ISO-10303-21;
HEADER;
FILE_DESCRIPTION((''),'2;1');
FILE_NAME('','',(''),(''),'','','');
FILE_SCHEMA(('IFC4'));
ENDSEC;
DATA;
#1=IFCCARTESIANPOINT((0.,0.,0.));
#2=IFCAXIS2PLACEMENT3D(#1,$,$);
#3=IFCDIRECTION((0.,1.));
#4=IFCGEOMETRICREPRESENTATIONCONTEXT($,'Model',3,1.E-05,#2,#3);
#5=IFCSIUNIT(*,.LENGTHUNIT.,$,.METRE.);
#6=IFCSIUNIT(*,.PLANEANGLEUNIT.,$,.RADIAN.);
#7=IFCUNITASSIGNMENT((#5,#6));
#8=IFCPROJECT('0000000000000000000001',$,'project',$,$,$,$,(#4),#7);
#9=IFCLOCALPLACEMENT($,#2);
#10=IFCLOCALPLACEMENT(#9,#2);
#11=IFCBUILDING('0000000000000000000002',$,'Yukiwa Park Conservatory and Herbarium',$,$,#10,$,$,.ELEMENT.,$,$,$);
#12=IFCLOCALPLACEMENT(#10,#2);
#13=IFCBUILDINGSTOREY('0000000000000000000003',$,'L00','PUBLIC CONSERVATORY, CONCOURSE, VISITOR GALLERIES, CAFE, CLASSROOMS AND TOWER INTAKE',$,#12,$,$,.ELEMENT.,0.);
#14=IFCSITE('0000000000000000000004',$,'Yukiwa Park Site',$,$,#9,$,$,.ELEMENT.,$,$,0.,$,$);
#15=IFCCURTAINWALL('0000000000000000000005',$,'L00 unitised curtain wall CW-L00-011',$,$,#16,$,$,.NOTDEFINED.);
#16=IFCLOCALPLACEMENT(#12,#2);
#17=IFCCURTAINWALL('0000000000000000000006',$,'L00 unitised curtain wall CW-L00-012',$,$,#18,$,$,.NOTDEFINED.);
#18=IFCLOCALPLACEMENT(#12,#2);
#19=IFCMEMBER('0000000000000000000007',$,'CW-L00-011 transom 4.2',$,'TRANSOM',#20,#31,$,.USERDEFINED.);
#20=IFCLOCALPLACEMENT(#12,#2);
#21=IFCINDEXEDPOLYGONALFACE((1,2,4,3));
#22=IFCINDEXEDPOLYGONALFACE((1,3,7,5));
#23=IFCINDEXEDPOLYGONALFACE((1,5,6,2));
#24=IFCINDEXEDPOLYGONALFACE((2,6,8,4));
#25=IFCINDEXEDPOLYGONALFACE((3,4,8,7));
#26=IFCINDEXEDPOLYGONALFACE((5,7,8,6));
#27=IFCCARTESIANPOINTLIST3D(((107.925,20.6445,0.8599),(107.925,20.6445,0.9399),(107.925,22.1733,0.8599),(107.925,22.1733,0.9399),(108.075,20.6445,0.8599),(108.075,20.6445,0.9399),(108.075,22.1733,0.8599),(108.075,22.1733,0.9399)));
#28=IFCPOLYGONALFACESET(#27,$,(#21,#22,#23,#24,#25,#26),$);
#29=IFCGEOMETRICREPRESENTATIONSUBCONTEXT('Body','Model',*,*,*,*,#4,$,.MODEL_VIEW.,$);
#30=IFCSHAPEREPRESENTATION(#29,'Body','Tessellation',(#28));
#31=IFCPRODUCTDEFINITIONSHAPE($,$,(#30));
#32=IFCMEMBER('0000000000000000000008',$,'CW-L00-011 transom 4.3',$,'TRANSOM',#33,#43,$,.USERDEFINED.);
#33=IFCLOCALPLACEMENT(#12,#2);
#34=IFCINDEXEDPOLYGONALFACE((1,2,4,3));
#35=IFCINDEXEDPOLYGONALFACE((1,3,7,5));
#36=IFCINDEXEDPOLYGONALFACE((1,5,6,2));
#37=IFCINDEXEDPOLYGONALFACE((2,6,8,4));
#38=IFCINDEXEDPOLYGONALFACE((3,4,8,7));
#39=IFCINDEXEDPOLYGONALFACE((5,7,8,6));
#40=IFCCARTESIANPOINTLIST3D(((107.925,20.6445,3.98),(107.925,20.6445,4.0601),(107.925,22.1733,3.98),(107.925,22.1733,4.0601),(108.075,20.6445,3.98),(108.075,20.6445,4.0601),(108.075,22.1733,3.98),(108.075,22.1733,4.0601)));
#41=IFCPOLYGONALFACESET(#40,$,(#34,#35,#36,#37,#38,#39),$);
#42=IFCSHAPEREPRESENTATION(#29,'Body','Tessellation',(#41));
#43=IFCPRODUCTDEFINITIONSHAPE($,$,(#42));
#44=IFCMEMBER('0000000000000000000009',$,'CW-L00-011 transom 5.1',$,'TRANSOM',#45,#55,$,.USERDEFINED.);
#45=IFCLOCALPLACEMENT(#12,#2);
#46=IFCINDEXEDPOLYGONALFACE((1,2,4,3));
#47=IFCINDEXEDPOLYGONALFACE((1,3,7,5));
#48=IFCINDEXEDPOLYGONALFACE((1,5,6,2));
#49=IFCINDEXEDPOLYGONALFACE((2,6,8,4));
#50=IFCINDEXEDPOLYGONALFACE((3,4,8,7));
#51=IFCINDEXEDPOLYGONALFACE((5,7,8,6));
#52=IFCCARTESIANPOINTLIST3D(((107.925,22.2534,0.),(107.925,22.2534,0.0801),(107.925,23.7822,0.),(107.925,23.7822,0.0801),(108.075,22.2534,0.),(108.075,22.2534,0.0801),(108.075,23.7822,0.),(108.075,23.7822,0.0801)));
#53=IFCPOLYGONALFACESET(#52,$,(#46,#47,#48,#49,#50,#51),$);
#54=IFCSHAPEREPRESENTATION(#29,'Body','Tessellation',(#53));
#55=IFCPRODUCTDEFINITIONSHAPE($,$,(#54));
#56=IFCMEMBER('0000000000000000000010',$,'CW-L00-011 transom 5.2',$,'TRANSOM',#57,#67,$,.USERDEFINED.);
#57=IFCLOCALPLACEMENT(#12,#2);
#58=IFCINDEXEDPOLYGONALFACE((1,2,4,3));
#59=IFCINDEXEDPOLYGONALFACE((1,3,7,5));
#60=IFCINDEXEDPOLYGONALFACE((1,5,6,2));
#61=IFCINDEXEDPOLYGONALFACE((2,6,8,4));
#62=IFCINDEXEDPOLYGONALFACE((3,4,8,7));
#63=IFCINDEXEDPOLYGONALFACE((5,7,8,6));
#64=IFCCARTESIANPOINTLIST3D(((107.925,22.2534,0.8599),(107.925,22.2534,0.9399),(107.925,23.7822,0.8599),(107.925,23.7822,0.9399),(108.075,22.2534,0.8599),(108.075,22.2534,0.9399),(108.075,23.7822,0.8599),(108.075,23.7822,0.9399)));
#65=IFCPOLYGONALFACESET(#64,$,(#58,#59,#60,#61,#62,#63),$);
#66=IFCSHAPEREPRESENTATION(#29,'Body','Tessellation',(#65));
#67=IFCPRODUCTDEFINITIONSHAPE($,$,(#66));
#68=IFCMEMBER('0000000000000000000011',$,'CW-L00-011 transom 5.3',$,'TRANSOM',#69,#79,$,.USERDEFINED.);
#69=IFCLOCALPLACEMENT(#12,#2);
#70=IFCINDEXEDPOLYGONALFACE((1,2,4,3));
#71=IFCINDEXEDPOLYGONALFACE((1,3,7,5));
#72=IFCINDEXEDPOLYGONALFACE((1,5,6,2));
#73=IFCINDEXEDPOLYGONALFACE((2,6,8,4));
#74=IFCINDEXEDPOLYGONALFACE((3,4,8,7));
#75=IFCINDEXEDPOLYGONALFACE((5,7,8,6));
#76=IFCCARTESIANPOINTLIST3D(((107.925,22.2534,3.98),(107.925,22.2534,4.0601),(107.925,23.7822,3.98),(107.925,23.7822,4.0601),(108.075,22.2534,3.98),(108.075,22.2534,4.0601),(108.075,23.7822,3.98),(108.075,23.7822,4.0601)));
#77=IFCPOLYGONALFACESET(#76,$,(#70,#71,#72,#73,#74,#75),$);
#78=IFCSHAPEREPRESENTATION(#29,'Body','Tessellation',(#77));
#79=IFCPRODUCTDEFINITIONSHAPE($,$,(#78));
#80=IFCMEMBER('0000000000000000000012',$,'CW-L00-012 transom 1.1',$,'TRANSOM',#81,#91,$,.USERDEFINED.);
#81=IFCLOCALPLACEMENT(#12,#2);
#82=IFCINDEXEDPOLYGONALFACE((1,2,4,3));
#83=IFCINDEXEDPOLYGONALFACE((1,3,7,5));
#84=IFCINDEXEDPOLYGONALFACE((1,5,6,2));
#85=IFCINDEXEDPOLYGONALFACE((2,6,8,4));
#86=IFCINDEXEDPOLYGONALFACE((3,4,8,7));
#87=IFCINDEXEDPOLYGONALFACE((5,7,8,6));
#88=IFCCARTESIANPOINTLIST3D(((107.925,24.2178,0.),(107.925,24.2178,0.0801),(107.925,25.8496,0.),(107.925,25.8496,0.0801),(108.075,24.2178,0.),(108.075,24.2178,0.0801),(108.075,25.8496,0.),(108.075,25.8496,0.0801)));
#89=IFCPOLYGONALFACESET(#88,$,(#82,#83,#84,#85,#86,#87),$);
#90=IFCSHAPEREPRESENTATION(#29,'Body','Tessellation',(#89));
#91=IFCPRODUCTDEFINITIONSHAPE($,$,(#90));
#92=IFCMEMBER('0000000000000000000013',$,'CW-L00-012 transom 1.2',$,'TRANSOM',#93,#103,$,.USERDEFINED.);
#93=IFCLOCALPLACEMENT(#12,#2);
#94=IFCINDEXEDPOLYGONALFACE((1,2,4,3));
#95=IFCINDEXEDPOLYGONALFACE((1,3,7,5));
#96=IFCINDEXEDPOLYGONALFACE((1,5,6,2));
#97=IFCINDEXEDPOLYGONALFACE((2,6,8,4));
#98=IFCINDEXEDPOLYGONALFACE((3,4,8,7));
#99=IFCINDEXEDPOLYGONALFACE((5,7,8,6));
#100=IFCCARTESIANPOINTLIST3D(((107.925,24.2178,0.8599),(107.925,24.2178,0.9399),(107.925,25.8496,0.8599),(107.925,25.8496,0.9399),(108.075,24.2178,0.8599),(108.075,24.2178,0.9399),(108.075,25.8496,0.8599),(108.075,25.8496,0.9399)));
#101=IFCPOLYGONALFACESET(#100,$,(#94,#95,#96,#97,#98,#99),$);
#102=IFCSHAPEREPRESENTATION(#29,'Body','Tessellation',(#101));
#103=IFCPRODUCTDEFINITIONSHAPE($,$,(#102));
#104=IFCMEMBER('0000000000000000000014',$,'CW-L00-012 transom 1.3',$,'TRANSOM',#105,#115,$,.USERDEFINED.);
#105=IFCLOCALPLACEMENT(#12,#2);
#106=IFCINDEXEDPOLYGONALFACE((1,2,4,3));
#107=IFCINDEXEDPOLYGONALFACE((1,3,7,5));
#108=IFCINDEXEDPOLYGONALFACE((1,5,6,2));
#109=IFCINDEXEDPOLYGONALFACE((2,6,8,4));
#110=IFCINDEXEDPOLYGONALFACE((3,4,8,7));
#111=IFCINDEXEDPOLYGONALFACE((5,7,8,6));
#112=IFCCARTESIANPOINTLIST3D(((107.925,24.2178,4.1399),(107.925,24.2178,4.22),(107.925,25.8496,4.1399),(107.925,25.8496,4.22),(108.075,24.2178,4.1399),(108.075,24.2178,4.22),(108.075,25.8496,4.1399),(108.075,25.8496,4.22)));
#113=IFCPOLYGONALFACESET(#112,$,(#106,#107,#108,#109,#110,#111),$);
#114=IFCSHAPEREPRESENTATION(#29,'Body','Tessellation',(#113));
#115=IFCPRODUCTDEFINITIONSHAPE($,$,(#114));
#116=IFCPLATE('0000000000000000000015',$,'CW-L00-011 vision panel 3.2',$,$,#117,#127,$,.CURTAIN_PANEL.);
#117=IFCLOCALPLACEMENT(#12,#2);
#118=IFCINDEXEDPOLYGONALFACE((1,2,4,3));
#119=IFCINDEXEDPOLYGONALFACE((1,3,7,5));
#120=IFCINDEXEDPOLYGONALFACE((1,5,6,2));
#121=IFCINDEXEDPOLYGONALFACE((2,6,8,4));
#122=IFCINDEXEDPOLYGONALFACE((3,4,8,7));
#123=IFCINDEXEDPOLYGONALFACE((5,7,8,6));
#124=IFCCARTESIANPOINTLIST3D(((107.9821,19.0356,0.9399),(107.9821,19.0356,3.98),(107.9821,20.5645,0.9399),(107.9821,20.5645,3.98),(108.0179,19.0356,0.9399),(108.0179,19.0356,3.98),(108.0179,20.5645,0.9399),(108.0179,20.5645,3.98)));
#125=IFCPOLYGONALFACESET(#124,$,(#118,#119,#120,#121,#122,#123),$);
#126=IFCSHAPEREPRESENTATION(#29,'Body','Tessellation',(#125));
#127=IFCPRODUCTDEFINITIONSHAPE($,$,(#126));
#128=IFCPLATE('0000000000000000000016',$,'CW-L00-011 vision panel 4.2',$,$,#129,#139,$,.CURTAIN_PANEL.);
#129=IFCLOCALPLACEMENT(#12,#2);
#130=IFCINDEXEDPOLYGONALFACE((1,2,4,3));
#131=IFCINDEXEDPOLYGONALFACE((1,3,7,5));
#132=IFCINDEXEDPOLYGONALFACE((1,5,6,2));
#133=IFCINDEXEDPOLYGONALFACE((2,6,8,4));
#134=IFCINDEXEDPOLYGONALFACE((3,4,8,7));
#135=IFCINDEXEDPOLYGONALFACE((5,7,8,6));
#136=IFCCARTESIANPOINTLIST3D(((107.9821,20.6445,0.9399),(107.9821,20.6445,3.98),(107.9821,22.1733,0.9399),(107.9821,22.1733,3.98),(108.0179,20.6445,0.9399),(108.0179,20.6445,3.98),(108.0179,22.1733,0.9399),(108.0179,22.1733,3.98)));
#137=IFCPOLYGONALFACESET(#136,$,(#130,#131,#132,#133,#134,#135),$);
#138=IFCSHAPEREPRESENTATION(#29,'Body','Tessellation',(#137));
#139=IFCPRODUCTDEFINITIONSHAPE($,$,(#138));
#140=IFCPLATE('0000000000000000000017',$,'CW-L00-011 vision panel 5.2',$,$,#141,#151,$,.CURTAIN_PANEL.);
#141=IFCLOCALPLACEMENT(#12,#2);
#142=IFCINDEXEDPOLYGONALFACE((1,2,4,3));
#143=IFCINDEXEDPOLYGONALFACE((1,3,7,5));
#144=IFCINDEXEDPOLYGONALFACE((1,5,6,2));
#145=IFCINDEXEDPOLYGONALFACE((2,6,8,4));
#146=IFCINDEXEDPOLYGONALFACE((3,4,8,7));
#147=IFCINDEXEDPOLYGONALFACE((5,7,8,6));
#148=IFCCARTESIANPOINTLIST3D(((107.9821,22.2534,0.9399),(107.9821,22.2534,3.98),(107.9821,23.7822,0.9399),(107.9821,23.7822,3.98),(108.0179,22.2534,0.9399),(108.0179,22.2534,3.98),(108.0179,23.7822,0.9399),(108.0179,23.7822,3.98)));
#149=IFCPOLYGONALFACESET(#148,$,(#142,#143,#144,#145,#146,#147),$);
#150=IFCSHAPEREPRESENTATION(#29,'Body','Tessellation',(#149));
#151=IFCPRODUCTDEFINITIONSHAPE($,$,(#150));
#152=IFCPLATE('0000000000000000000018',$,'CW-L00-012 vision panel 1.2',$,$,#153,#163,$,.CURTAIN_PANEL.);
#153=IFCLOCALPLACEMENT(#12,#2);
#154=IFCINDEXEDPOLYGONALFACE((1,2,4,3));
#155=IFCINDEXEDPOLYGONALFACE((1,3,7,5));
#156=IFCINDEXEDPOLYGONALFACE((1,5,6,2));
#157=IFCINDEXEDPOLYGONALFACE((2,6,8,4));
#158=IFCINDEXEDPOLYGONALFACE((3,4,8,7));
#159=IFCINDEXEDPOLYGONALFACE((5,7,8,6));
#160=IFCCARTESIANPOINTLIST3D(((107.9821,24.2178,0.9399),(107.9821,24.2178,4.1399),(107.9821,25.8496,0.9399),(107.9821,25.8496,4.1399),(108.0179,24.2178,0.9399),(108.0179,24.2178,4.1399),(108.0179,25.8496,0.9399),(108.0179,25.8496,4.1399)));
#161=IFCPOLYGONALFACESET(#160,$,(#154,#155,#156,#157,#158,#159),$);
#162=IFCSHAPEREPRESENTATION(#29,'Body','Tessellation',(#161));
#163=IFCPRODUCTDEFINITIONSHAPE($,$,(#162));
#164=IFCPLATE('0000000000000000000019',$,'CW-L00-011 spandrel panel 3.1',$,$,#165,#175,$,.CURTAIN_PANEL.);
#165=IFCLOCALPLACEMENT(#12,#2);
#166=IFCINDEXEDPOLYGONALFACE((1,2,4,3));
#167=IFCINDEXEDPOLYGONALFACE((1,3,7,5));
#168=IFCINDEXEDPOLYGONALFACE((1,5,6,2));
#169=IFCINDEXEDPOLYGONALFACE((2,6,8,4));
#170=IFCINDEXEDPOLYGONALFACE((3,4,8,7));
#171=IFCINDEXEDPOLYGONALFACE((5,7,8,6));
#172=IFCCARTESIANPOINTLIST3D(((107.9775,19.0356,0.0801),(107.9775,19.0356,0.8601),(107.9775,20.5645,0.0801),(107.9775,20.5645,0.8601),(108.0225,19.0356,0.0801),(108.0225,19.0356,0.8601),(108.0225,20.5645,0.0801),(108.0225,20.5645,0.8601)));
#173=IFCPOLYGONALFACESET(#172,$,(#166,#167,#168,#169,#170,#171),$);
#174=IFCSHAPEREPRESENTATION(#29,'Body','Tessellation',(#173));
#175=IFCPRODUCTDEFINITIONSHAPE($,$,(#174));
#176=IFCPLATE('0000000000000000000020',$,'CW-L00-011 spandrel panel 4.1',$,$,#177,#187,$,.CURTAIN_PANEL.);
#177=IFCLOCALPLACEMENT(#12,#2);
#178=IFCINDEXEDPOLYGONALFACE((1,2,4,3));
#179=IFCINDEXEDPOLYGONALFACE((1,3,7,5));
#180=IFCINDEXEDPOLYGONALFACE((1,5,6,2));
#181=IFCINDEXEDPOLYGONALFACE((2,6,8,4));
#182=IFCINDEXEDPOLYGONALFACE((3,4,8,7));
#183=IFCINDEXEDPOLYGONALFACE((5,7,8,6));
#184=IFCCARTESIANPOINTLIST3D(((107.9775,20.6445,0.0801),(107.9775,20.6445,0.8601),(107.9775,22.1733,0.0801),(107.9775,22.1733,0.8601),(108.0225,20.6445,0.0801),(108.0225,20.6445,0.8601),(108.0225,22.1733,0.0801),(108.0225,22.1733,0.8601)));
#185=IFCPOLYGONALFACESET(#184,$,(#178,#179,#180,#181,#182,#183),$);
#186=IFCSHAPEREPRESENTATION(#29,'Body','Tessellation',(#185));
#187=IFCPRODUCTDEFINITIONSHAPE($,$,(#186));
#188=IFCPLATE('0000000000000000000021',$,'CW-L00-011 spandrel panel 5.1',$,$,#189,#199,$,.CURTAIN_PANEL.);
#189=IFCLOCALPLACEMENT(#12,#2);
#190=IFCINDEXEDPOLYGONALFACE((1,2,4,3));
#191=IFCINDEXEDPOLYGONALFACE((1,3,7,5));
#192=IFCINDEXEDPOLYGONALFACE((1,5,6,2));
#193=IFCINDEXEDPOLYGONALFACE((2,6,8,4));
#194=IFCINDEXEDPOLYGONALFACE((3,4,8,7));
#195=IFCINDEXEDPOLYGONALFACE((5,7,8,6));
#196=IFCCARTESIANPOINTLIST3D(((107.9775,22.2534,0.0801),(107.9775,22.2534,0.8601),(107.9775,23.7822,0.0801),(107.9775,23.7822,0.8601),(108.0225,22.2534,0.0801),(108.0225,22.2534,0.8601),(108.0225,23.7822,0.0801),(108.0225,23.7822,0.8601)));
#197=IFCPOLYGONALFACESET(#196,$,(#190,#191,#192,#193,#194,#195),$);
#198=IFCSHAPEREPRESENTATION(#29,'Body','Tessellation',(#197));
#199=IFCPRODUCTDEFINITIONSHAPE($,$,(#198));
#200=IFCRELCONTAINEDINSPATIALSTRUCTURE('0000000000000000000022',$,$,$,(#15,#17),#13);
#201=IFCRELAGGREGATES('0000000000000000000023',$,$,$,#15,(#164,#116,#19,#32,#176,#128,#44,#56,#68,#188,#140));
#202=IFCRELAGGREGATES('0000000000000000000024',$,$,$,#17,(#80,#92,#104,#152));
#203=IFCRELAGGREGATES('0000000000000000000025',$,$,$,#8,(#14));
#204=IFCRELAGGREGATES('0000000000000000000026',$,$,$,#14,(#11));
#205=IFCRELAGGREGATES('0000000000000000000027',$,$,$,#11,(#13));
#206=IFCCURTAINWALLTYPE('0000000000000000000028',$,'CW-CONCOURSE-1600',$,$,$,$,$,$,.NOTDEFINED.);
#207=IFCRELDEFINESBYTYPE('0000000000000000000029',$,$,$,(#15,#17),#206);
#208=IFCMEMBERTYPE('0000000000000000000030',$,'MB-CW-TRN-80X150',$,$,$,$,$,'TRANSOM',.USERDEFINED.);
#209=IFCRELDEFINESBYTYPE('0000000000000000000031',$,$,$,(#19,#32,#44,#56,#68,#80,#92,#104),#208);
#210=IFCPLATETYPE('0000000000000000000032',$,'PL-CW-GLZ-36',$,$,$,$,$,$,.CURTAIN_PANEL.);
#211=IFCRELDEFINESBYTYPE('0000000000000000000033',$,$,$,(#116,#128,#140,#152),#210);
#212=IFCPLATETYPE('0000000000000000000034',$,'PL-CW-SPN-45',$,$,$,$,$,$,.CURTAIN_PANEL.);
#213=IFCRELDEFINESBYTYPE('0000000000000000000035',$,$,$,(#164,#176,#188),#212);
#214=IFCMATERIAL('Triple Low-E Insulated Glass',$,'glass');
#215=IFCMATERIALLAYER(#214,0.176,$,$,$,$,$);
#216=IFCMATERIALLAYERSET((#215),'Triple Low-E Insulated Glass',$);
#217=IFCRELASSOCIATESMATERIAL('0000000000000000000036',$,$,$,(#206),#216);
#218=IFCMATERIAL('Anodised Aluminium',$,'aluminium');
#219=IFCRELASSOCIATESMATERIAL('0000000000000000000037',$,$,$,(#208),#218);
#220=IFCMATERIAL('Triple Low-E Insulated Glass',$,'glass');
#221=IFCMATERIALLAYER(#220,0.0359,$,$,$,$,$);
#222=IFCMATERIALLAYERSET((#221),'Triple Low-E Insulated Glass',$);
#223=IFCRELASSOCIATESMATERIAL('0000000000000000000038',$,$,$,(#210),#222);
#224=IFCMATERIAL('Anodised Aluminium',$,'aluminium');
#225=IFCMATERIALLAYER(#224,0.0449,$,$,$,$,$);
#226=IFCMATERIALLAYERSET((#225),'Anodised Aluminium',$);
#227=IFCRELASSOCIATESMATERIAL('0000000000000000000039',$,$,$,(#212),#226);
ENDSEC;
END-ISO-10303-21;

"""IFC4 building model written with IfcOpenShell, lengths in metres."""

from ifc_helpers import new_model, si_unit, direction, frame, origin, origin_2d, place, context, subcontext, project, spatial, rectangle, extrude, material, layer, layer_set, type_object, element, aggregate, save


model = new_model("IFC4")

# Units and contexts
model_context = context("Model", 3, precision=1e-05, world=origin(), true_north=direction((0.0, 1.0)))
body_context = subcontext(model_context, "Body", "Model", "MODEL_VIEW")
ifc_project = project(units=[si_unit("LENGTHUNIT", "METRE"), si_unit("PLANEANGLEUNIT", "RADIAN")], contexts=[model_context])

# Site, building, storey
site_placement = place(None, origin())
site = spatial("IfcSite", under=ifc_project, at=site_placement, Name="Yukiwa Park Site", CompositionType="ELEMENT", RefElevation=0.0)
building_placement = place(site_placement, origin())
building = spatial("IfcBuilding", under=site, at=building_placement, Name="Yukiwa Park Conservatory and Herbarium", CompositionType="ELEMENT")
storey_placement = place(building_placement, origin())
storey = spatial("IfcBuildingStorey", under=building, at=storey_placement, Name="L00", Description="PUBLIC CONSERVATORY, CONCOURSE, VISITOR GALLERIES, CAFE, CLASSROOMS AND TOWER INTAKE", CompositionType="ELEMENT", Elevation=0.0)

# Curtain walls
ifc_material_1 = material(Name="Triple Low-E Insulated Glass", Category="glass")
ifc_layer_1 = layer(ifc_material_1, 0.176)
ifc_layer_set_1 = layer_set([ifc_layer_1], Name="Triple Low-E Insulated Glass")
curtain_wall_type = type_object("IfcCurtainWallType", Name="CW-CONCOURSE-1600", PredefinedType="NOTDEFINED", material=ifc_layer_set_1)
curtain_wall_1_placement = place(storey_placement, origin())
curtain_wall_1 = element("IfcCurtainWall", 1, at=curtain_wall_1_placement, inside=storey, type_object=curtain_wall_type, Name="L00 unitised curtain wall CW-L00-011", PredefinedType="NOTDEFINED")
curtain_wall_2_placement = place(storey_placement, origin())
curtain_wall_2 = element("IfcCurtainWall", 2, at=curtain_wall_2_placement, inside=storey, type_object=curtain_wall_type, Name="L00 unitised curtain wall CW-L00-012", PredefinedType="NOTDEFINED")

# Members
ifc_material_2 = material(Name="Anodised Aluminium", Category="aluminium")
member_type_1 = type_object("IfcMemberType", Name="MB-CW-TRN-80X150", ElementType="TRANSOM", PredefinedType="USERDEFINED", material=ifc_material_2)
member_1_placement = place(storey_placement, frame((108.0, 21.4089, 0.8599), z_axis=(0.0, 0.0, 1.0), x_axis=(0.0, 1.0, 0.0)))
member_1 = element("IfcMember", 3, at=member_1_placement, type_object=member_type_1, Name="CW-L00-011 transom 4.2", ObjectType="TRANSOM", PredefinedType="USERDEFINED", context=body_context, shape_type="SweptSolid", body=[
    extrude(rectangle(XDim=1.5288, YDim=0.1499, at=origin_2d()), origin(), (0.0, 0.0, 1.0), 0.0801),
])
member_2_placement = place(storey_placement, frame((108.0, 21.4089, 3.98), z_axis=(0.0, 0.0, 1.0), x_axis=(0.0, 1.0, 0.0)))
member_2 = element("IfcMember", 4, at=member_2_placement, type_object=member_type_1, Name="CW-L00-011 transom 4.3", ObjectType="TRANSOM", PredefinedType="USERDEFINED", context=body_context, shape_type="SweptSolid", body=[
    extrude(rectangle(XDim=1.5288, YDim=0.1499, at=origin_2d()), origin(), (0.0, 0.0, 1.0), 0.0801),
])
member_3_placement = place(storey_placement, frame((108.0, 23.0178, 0.0), z_axis=(0.0, 0.0, 1.0), x_axis=(0.0, 1.0, 0.0)))
member_3 = element("IfcMember", 5, at=member_3_placement, type_object=member_type_1, Name="CW-L00-011 transom 5.1", ObjectType="TRANSOM", PredefinedType="USERDEFINED", context=body_context, shape_type="SweptSolid", body=[
    extrude(rectangle(XDim=1.5288, YDim=0.1499, at=origin_2d()), origin(), (0.0, 0.0, 1.0), 0.0801),
])
member_4_placement = place(storey_placement, frame((108.0, 23.0178, 0.8599), z_axis=(0.0, 0.0, 1.0), x_axis=(0.0, 1.0, 0.0)))
member_4 = element("IfcMember", 6, at=member_4_placement, type_object=member_type_1, Name="CW-L00-011 transom 5.2", ObjectType="TRANSOM", PredefinedType="USERDEFINED", context=body_context, shape_type="SweptSolid", body=[
    extrude(rectangle(XDim=1.5288, YDim=0.1499, at=origin_2d()), origin(), (0.0, 0.0, 1.0), 0.0801),
])
member_5_placement = place(storey_placement, frame((108.0, 23.0178, 3.98), z_axis=(0.0, 0.0, 1.0), x_axis=(0.0, 1.0, 0.0)))
member_5 = element("IfcMember", 7, at=member_5_placement, type_object=member_type_1, Name="CW-L00-011 transom 5.3", ObjectType="TRANSOM", PredefinedType="USERDEFINED", context=body_context, shape_type="SweptSolid", body=[
    extrude(rectangle(XDim=1.5288, YDim=0.1499, at=origin_2d()), origin(), (0.0, 0.0, 1.0), 0.0801),
])
member_6_placement = place(storey_placement, frame((108.0, 25.0337, 0.0), z_axis=(0.0, 0.0, 1.0), x_axis=(0.0, 1.0, 0.0)))
member_6 = element("IfcMember", 8, at=member_6_placement, type_object=member_type_1, Name="CW-L00-012 transom 1.1", ObjectType="TRANSOM", PredefinedType="USERDEFINED", context=body_context, shape_type="SweptSolid", body=[
    extrude(rectangle(XDim=1.6318, YDim=0.1499, at=origin_2d()), origin(), (0.0, 0.0, 1.0), 0.0801),
])
member_7_placement = place(storey_placement, frame((108.0, 25.0337, 0.8599), z_axis=(0.0, 0.0, 1.0), x_axis=(0.0, 1.0, 0.0)))
member_7 = element("IfcMember", 9, at=member_7_placement, type_object=member_type_1, Name="CW-L00-012 transom 1.2", ObjectType="TRANSOM", PredefinedType="USERDEFINED", context=body_context, shape_type="SweptSolid", body=[
    extrude(rectangle(XDim=1.6318, YDim=0.1499, at=origin_2d()), origin(), (0.0, 0.0, 1.0), 0.0801),
])
member_8_placement = place(storey_placement, frame((108.0, 25.0337, 4.1399), z_axis=(0.0, 0.0, 1.0), x_axis=(0.0, 1.0, 0.0)))
member_8 = element("IfcMember", 10, at=member_8_placement, type_object=member_type_1, Name="CW-L00-012 transom 1.3", ObjectType="TRANSOM", PredefinedType="USERDEFINED", context=body_context, shape_type="SweptSolid", body=[
    extrude(rectangle(XDim=1.6318, YDim=0.1499, at=origin_2d()), origin(), (0.0, 0.0, 1.0), 0.0801),
])

# Plates
ifc_material_3 = material(Name="Triple Low-E Insulated Glass", Category="glass")
ifc_layer_2 = layer(ifc_material_3, 0.0359)
ifc_layer_set_2 = layer_set([ifc_layer_2], Name="Triple Low-E Insulated Glass")
plate_type_1 = type_object("IfcPlateType", Name="PL-CW-GLZ-36", PredefinedType="CURTAIN_PANEL", material=ifc_layer_set_2)
plate_1_placement = place(storey_placement, frame((108.0, 19.8, 0.9399), z_axis=(0.0, 0.0, 1.0), x_axis=(0.0, 1.0, 0.0)))
plate_1 = element("IfcPlate", 11, at=plate_1_placement, type_object=plate_type_1, Name="CW-L00-011 vision panel 3.2", PredefinedType="CURTAIN_PANEL", context=body_context, shape_type="SweptSolid", body=[
    extrude(rectangle(XDim=1.5288, YDim=0.0359, at=origin_2d()), origin(), (0.0, 0.0, 1.0), 3.04),
])
plate_2_placement = place(storey_placement, frame((108.0, 21.4089, 0.9399), z_axis=(0.0, 0.0, 1.0), x_axis=(0.0, 1.0, 0.0)))
plate_2 = element("IfcPlate", 12, at=plate_2_placement, type_object=plate_type_1, Name="CW-L00-011 vision panel 4.2", PredefinedType="CURTAIN_PANEL", context=body_context, shape_type="SweptSolid", body=[
    extrude(rectangle(XDim=1.5288, YDim=0.0359, at=origin_2d()), origin(), (0.0, 0.0, 1.0), 3.04),
])
plate_3_placement = place(storey_placement, frame((108.0, 23.0178, 0.9399), z_axis=(0.0, 0.0, 1.0), x_axis=(0.0, 1.0, 0.0)))
plate_3 = element("IfcPlate", 13, at=plate_3_placement, type_object=plate_type_1, Name="CW-L00-011 vision panel 5.2", PredefinedType="CURTAIN_PANEL", context=body_context, shape_type="SweptSolid", body=[
    extrude(rectangle(XDim=1.5288, YDim=0.0359, at=origin_2d()), origin(), (0.0, 0.0, 1.0), 3.04),
])
plate_4_placement = place(storey_placement, frame((108.0, 25.0337, 0.9399), z_axis=(0.0, 0.0, 1.0), x_axis=(0.0, 1.0, 0.0)))
plate_4 = element("IfcPlate", 14, at=plate_4_placement, type_object=plate_type_1, Name="CW-L00-012 vision panel 1.2", PredefinedType="CURTAIN_PANEL", context=body_context, shape_type="SweptSolid", body=[
    extrude(rectangle(XDim=1.6318, YDim=0.0359, at=origin_2d()), origin(), (0.0, 0.0, 1.0), 3.2),
])
ifc_material_4 = material(Name="Anodised Aluminium", Category="aluminium")
ifc_layer_3 = layer(ifc_material_4, 0.0449)
ifc_layer_set_3 = layer_set([ifc_layer_3], Name="Anodised Aluminium")
plate_type_2 = type_object("IfcPlateType", Name="PL-CW-SPN-45", PredefinedType="CURTAIN_PANEL", material=ifc_layer_set_3)
plate_5_placement = place(storey_placement, frame((108.0, 19.8, 0.0801), z_axis=(0.0, 0.0, 1.0), x_axis=(0.0, 1.0, 0.0)))
plate_5 = element("IfcPlate", 15, at=plate_5_placement, type_object=plate_type_2, Name="CW-L00-011 spandrel panel 3.1", PredefinedType="CURTAIN_PANEL", context=body_context, shape_type="SweptSolid", body=[
    extrude(rectangle(XDim=1.5288, YDim=0.0449, at=origin_2d()), origin(), (0.0, 0.0, 1.0), 0.78),
])
plate_6_placement = place(storey_placement, frame((108.0, 21.4089, 0.0801), z_axis=(0.0, 0.0, 1.0), x_axis=(0.0, 1.0, 0.0)))
plate_6 = element("IfcPlate", 16, at=plate_6_placement, type_object=plate_type_2, Name="CW-L00-011 spandrel panel 4.1", PredefinedType="CURTAIN_PANEL", context=body_context, shape_type="SweptSolid", body=[
    extrude(rectangle(XDim=1.5288, YDim=0.0449, at=origin_2d()), origin(), (0.0, 0.0, 1.0), 0.78),
])
plate_7_placement = place(storey_placement, frame((108.0, 23.0178, 0.0801), z_axis=(0.0, 0.0, 1.0), x_axis=(0.0, 1.0, 0.0)))
plate_7 = element("IfcPlate", 17, at=plate_7_placement, type_object=plate_type_2, Name="CW-L00-011 spandrel panel 5.1", PredefinedType="CURTAIN_PANEL", context=body_context, shape_type="SweptSolid", body=[
    extrude(rectangle(XDim=1.5288, YDim=0.0449, at=origin_2d()), origin(), (0.0, 0.0, 1.0), 0.78),
])
aggregate(curtain_wall_1, [plate_5, plate_1, member_1, member_2, plate_6, plate_2, member_3, member_4, member_5, plate_7, plate_3])
aggregate(curtain_wall_2, [member_6, member_7, member_8, plate_4])

save(model, "model.ifc")
